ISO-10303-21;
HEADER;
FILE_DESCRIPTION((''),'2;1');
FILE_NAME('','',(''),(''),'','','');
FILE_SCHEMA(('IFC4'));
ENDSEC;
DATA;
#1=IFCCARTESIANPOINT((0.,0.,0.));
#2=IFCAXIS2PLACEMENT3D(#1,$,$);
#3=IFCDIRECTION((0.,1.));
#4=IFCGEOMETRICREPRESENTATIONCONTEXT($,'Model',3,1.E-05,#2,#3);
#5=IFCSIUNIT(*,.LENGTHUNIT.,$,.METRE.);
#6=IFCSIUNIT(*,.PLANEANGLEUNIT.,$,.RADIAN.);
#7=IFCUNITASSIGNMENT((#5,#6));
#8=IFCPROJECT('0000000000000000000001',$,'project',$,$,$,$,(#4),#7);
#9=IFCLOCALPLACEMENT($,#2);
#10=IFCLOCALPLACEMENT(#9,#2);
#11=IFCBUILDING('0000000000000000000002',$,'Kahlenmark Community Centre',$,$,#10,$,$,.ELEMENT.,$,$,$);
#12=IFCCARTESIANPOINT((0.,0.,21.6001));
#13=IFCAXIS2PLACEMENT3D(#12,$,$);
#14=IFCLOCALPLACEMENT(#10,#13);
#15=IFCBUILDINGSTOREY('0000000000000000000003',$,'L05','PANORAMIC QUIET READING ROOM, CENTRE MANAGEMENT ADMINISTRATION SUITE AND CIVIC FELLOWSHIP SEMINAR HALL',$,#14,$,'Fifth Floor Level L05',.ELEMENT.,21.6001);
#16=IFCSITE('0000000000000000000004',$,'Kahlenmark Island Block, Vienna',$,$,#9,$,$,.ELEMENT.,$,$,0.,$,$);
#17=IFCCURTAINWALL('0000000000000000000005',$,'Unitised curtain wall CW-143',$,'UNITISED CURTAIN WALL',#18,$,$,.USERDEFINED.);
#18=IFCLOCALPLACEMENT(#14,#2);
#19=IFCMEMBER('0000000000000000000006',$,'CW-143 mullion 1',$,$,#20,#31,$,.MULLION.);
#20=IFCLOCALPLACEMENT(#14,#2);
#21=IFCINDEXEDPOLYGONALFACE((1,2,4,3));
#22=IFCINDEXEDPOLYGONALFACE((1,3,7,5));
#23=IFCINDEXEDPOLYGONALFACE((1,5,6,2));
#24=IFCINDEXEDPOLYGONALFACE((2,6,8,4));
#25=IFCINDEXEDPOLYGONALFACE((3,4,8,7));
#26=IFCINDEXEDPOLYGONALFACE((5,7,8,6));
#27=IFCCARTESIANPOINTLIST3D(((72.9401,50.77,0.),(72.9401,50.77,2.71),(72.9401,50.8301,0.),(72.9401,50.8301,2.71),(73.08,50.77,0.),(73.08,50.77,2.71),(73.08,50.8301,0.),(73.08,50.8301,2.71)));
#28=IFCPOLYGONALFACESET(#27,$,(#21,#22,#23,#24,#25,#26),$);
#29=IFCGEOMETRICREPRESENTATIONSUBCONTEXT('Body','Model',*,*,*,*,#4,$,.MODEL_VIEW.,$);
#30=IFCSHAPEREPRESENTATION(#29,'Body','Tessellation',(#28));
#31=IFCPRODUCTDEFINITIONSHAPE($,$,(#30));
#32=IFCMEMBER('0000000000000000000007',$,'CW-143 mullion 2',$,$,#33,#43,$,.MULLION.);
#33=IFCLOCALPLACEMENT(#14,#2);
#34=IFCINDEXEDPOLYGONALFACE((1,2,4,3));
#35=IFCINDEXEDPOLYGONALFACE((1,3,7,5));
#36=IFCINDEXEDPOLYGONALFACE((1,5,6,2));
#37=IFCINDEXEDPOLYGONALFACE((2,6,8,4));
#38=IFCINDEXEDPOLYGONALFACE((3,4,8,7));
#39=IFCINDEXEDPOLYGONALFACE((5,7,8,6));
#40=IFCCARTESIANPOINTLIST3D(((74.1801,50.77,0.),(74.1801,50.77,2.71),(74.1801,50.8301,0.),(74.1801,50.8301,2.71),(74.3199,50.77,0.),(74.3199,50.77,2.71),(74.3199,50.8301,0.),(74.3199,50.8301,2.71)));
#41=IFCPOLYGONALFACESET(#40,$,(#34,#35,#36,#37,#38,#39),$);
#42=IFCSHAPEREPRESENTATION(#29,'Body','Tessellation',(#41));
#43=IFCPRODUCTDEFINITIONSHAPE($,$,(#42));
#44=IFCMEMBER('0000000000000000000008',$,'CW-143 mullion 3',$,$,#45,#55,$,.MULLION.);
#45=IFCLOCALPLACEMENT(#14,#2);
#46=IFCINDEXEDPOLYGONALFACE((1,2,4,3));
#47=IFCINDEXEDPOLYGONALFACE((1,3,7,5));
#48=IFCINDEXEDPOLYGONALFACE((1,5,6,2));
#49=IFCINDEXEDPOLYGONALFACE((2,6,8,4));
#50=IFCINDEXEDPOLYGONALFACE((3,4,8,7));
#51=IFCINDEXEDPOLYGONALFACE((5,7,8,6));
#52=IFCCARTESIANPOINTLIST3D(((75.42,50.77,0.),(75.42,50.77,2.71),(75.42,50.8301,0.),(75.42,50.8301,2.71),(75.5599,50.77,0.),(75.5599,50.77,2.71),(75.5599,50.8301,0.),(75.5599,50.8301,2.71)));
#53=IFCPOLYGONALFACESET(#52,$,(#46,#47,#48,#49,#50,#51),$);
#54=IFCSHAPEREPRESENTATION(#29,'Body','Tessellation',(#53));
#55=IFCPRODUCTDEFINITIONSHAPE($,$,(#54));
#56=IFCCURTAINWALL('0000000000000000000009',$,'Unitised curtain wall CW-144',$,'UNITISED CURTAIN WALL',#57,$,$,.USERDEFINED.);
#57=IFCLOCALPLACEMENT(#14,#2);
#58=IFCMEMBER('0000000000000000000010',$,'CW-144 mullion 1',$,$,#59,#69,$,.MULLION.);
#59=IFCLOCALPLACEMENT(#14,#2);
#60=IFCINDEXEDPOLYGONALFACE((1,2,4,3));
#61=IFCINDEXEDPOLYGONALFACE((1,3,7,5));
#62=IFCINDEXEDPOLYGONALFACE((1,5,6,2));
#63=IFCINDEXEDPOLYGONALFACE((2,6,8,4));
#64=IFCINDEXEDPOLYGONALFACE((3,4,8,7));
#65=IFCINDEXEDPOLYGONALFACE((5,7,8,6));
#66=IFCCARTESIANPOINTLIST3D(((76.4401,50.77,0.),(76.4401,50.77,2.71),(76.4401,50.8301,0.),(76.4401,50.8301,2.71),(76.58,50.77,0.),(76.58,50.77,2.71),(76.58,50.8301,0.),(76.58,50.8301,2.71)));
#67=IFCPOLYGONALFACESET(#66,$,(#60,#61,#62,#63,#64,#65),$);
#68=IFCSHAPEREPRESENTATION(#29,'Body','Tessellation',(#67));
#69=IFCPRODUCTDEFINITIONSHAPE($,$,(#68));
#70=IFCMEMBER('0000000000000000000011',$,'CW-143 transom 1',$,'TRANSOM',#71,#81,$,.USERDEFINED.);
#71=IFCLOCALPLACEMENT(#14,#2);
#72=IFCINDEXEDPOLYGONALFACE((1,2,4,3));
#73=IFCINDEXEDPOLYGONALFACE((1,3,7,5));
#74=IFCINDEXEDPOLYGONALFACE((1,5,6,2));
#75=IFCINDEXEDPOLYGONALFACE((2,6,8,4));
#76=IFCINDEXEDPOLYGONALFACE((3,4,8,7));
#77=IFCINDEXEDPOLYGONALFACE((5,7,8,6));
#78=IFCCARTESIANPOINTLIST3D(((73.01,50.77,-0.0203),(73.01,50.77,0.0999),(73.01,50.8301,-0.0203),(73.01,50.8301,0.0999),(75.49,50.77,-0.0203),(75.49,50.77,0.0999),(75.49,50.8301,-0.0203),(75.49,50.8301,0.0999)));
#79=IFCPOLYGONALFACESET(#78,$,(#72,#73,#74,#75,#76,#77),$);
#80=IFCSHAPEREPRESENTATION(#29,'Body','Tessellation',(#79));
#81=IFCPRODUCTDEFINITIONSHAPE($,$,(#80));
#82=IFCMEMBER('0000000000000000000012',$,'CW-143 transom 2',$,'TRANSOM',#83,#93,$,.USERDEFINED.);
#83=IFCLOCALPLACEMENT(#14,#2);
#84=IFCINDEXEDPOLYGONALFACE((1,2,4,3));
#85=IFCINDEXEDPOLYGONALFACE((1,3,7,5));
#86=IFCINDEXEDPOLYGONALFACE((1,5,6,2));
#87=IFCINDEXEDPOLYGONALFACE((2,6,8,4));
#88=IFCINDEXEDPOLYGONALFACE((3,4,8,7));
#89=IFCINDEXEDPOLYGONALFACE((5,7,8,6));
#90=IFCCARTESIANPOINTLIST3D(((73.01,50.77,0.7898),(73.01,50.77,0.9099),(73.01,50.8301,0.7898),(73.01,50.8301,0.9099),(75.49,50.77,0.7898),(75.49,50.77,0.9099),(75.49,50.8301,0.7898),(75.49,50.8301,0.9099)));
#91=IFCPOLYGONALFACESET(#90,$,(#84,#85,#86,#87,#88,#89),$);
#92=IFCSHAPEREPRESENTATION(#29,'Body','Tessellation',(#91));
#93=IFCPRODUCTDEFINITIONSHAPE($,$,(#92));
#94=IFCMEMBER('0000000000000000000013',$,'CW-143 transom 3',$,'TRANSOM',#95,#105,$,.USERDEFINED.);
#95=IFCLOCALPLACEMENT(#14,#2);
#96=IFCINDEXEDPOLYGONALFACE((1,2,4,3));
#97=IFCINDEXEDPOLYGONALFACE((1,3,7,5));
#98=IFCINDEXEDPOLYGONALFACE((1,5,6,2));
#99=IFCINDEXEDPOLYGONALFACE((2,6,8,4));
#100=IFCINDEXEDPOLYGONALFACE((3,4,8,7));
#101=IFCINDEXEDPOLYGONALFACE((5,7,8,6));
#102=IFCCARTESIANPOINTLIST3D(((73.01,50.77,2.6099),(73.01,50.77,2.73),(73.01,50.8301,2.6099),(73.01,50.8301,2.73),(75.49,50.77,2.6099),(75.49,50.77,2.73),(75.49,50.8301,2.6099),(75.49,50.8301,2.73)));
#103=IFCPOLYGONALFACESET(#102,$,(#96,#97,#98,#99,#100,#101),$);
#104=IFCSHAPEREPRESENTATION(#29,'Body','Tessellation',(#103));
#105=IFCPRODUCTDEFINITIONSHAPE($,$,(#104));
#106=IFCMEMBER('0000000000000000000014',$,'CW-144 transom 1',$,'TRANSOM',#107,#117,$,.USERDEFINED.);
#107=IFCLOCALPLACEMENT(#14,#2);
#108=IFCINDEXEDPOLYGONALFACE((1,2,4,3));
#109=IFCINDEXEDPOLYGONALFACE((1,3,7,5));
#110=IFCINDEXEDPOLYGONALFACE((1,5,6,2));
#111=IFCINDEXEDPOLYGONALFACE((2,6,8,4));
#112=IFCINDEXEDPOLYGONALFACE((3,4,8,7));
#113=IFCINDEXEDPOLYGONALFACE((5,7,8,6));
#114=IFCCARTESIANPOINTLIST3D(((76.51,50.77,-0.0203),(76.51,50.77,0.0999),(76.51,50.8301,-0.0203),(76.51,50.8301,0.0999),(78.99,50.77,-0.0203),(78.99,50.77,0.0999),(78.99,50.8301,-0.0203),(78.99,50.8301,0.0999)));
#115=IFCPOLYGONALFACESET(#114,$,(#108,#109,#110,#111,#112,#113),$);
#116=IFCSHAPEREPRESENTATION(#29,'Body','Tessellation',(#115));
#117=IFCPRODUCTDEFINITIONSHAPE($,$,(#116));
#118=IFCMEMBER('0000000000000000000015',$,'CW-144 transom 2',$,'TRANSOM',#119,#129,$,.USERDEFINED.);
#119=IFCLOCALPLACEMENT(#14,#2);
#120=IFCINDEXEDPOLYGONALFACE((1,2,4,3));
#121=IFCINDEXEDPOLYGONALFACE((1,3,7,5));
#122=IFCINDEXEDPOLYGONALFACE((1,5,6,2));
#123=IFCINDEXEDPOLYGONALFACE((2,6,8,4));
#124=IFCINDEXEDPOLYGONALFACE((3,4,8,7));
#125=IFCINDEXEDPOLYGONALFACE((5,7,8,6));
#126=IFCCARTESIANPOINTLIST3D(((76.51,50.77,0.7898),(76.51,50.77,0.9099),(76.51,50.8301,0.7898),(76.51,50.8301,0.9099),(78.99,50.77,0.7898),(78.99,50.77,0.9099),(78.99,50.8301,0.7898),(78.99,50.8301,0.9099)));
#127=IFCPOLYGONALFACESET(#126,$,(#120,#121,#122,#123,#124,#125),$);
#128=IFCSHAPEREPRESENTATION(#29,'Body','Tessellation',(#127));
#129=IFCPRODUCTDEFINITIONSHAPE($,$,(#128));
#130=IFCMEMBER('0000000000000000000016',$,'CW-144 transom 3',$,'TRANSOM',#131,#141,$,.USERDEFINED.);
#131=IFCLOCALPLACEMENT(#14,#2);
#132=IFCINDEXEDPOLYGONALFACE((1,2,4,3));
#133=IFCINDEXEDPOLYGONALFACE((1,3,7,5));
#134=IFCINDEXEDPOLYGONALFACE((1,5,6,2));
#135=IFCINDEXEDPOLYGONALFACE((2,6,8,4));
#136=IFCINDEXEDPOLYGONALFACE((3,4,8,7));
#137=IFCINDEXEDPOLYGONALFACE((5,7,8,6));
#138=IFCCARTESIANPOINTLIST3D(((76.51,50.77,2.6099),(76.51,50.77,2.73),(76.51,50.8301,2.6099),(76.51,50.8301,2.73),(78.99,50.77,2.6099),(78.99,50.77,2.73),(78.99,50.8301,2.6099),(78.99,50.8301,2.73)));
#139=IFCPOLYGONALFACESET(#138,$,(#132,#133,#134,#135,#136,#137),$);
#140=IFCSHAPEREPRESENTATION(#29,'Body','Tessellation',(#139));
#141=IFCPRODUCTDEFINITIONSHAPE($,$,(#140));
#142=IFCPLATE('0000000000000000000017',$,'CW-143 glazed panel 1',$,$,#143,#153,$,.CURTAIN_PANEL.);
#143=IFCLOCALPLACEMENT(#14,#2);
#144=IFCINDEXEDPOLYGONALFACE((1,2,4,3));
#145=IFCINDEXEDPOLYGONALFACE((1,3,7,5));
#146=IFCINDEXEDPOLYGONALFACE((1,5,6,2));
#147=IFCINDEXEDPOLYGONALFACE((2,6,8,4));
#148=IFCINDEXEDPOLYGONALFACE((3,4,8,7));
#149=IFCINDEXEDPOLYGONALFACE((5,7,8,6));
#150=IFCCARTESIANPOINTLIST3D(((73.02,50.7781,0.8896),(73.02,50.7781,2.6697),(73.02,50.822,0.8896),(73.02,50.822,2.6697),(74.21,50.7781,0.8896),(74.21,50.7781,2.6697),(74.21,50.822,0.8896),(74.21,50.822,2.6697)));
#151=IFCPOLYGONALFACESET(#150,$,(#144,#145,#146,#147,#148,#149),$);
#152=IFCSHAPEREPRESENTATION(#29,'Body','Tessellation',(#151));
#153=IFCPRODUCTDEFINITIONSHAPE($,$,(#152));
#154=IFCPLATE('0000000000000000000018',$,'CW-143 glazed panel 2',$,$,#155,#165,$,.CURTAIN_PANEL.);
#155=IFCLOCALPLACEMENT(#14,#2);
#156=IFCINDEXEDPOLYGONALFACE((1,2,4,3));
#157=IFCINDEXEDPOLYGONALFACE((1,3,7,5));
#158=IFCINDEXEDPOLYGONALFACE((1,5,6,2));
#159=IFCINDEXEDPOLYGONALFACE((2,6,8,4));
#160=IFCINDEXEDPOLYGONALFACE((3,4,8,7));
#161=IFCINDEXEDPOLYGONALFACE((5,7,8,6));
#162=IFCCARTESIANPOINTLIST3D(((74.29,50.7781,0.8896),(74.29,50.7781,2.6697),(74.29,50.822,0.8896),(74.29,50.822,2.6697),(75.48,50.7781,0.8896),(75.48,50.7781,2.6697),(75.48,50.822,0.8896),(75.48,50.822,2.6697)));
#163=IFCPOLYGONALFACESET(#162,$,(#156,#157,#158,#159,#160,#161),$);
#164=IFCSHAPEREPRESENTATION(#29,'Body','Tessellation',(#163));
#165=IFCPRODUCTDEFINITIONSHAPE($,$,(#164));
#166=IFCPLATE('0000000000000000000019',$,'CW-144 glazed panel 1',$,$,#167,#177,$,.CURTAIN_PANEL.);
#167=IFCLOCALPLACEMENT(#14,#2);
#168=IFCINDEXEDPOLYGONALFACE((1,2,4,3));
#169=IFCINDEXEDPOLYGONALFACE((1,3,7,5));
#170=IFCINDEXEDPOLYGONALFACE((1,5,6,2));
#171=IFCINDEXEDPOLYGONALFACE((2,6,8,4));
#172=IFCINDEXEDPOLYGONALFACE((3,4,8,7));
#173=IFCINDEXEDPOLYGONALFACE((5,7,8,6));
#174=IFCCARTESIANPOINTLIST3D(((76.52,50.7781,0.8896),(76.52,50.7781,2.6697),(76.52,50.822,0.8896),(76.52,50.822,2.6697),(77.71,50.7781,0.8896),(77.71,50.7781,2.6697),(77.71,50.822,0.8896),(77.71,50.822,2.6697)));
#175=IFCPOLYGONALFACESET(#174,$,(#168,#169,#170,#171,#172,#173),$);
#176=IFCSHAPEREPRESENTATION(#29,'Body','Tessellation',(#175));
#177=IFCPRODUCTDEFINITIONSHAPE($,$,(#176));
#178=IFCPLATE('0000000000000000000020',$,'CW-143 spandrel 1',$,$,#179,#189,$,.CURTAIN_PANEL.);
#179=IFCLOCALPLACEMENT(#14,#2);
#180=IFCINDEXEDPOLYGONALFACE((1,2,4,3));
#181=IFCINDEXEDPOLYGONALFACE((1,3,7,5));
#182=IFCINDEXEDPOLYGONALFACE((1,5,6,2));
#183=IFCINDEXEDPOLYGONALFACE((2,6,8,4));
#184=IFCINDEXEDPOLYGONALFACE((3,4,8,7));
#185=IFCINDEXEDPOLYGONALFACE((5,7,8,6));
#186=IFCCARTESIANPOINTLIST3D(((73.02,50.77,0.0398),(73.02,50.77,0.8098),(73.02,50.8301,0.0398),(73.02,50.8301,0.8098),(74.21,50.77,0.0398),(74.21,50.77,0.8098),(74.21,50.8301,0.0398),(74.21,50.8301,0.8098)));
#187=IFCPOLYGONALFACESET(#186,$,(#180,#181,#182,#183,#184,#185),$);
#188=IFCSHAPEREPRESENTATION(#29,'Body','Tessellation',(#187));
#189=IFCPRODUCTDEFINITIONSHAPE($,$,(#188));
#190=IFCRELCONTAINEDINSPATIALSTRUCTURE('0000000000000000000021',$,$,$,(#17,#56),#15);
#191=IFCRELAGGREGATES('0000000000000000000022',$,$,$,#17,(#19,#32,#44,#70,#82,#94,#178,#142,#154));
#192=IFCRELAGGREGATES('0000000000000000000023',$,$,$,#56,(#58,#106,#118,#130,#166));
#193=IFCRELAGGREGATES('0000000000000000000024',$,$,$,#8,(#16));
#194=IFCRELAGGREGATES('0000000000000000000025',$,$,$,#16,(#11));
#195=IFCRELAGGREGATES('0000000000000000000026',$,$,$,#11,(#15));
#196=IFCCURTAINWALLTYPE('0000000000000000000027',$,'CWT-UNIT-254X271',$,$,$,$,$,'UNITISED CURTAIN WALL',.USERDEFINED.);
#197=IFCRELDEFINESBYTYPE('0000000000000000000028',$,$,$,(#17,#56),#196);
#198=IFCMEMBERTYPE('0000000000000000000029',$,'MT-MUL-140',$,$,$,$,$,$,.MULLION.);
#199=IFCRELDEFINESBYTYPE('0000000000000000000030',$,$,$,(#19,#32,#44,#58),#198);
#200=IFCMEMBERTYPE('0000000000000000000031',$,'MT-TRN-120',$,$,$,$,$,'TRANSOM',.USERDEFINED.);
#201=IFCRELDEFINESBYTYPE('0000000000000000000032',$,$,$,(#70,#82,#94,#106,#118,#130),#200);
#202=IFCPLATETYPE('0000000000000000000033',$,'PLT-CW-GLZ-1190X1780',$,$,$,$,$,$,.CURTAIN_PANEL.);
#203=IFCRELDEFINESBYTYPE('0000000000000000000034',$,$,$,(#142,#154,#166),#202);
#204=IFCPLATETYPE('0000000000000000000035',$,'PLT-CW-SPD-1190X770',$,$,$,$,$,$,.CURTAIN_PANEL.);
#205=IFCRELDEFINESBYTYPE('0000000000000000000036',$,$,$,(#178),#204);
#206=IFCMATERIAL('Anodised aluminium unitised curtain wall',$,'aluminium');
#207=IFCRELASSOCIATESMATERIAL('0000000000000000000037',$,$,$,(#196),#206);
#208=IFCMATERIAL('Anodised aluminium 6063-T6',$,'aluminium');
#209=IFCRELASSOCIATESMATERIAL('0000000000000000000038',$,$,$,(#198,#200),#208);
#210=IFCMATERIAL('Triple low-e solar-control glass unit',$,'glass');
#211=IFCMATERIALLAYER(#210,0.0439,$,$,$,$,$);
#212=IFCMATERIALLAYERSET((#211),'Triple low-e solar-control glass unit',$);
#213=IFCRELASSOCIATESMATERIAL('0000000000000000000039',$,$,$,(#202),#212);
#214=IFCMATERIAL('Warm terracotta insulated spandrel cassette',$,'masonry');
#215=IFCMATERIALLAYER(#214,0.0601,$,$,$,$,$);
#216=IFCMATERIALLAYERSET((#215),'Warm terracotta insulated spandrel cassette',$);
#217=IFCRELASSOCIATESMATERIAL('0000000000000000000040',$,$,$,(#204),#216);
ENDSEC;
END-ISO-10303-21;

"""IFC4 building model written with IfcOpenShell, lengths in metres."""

from ifc_helpers import new_model, si_unit, direction, frame, origin, origin_2d, place, context, subcontext, project, spatial, rectangle, extrude, material, layer, layer_set, material_profile, profile_set, type_object, element, aggregate, save


model = new_model("IFC4")

# Units and contexts
model_context = context("Model", 3, precision=1e-05, world=origin(), true_north=direction((0.0, 1.0)))
body_context = subcontext(model_context, "Body", "Model", "MODEL_VIEW")
ifc_project = project(units=[si_unit("LENGTHUNIT", "METRE"), si_unit("PLANEANGLEUNIT", "RADIAN")], contexts=[model_context])

# Site, building, storey
site_placement = place(None, origin())
site = spatial("IfcSite", under=ifc_project, at=site_placement, Name="Kahlenmark Island Block, Vienna", CompositionType="ELEMENT", RefElevation=0.0)
building_placement = place(site_placement, origin())
building = spatial("IfcBuilding", under=site, at=building_placement, Name="Kahlenmark Community Centre", CompositionType="ELEMENT")
storey_placement = place(building_placement, frame((0.0, 0.0, 21.6001)))
storey = spatial("IfcBuildingStorey", under=building, at=storey_placement, Name="L05", Description="PANORAMIC QUIET READING ROOM, CENTRE MANAGEMENT ADMINISTRATION SUITE AND CIVIC FELLOWSHIP SEMINAR HALL", LongName="Fifth Floor Level L05", CompositionType="ELEMENT", Elevation=21.6001)

# Curtain wall, members
ifc_material_1 = material(Name="Anodised aluminium unitised curtain wall", Category="aluminium")
curtain_wall_type = type_object("IfcCurtainWallType", Name="CWT-UNIT-254X271", ElementType="UNITISED CURTAIN WALL", PredefinedType="USERDEFINED", material=ifc_material_1)
curtain_wall_1_placement = place(storey_placement, origin())
curtain_wall_1 = element("IfcCurtainWall", 1, at=curtain_wall_1_placement, inside=storey, type_object=curtain_wall_type, Name="Unitised curtain wall CW-143", ObjectType="UNITISED CURTAIN WALL", PredefinedType="USERDEFINED")
ifc_material_2 = material(Name="Anodised aluminium 6063-T6", Category="aluminium")
ifc_material_profile_1 = material_profile(ifc_material_2, rectangle(XDim=0.0601, YDim=0.1399, at=origin_2d()), Name="ALU MULLION 60x140")
ifc_profile_set_1 = profile_set([ifc_material_profile_1], Name="Anodised aluminium 6063-T6")
member_type_1 = type_object("IfcMemberType", Name="MT-MUL-140", PredefinedType="MULLION", material=ifc_profile_set_1)
member_1_placement = place(storey_placement, frame((73.01, 50.8, 0.0), z_axis=(0.0, 0.0, 1.0), x_axis=(0.0, 1.0, 0.0)))
member_1 = element("IfcMember", 2, at=member_1_placement, type_object=member_type_1, Name="CW-143 mullion 1", PredefinedType="MULLION", context=body_context, shape_type="SweptSolid", body=[
    extrude(rectangle(XDim=0.0601, YDim=0.1399, at=origin_2d()), origin(), (0.0, 0.0, 1.0), 2.71),
])
member_2_placement = place(storey_placement, frame((74.25, 50.8, 0.0), z_axis=(0.0, 0.0, 1.0), x_axis=(0.0, 1.0, 0.0)))
member_2 = element("IfcMember", 3, at=member_2_placement, type_object=member_type_1, Name="CW-143 mullion 2", PredefinedType="MULLION", context=body_context, shape_type="SweptSolid", body=[
    extrude(rectangle(XDim=0.0601, YDim=0.1399, at=origin_2d()), origin(), (0.0, 0.0, 1.0), 2.71),
])
member_3_placement = place(storey_placement, frame((75.49, 50.8, 0.0), z_axis=(0.0, 0.0, 1.0), x_axis=(0.0, 1.0, 0.0)))
member_3 = element("IfcMember", 4, at=member_3_placement, type_object=member_type_1, Name="CW-143 mullion 3", PredefinedType="MULLION", context=body_context, shape_type="SweptSolid", body=[
    extrude(rectangle(XDim=0.0601, YDim=0.1399, at=origin_2d()), origin(), (0.0, 0.0, 1.0), 2.71),
])

# Curtain wall, member
curtain_wall_2_placement = place(storey_placement, origin())
curtain_wall_2 = element("IfcCurtainWall", 5, at=curtain_wall_2_placement, inside=storey, type_object=curtain_wall_type, Name="Unitised curtain wall CW-144", ObjectType="UNITISED CURTAIN WALL", PredefinedType="USERDEFINED")
member_4_placement = place(storey_placement, frame((76.51, 50.8, 0.0), z_axis=(0.0, 0.0, 1.0), x_axis=(0.0, 1.0, 0.0)))
member_4 = element("IfcMember", 6, at=member_4_placement, type_object=member_type_1, Name="CW-144 mullion 1", PredefinedType="MULLION", context=body_context, shape_type="SweptSolid", body=[
    extrude(rectangle(XDim=0.0601, YDim=0.1399, at=origin_2d()), origin(), (0.0, 0.0, 1.0), 2.71),
])

# Members
ifc_material_profile_2 = material_profile(ifc_material_2, rectangle(XDim=0.0601, YDim=0.1201, at=origin_2d()), Name="ALU TRANSOM 60x120")
ifc_profile_set_2 = profile_set([ifc_material_profile_2], Name="Anodised aluminium 6063-T6")
member_type_2 = type_object("IfcMemberType", Name="MT-TRN-120", ElementType="TRANSOM", PredefinedType="USERDEFINED", material=ifc_profile_set_2)
member_5_placement = place(storey_placement, frame((73.01, 50.8, 0.0398), z_axis=(1.0, 0.0, 0.0), x_axis=(0.0, 1.0, 0.0)))
member_5 = element("IfcMember", 7, at=member_5_placement, type_object=member_type_2, Name="CW-143 transom 1", ObjectType="TRANSOM", PredefinedType="USERDEFINED", context=body_context, shape_type="SweptSolid", body=[
    extrude(rectangle(XDim=0.0601, YDim=0.1201, at=origin_2d()), origin(), (0.0, 0.0, 1.0), 2.48),
])
member_6_placement = place(storey_placement, frame((73.01, 50.8, 0.8499), z_axis=(1.0, 0.0, 0.0), x_axis=(0.0, 1.0, 0.0)))
member_6 = element("IfcMember", 8, at=member_6_placement, type_object=member_type_2, Name="CW-143 transom 2", ObjectType="TRANSOM", PredefinedType="USERDEFINED", context=body_context, shape_type="SweptSolid", body=[
    extrude(rectangle(XDim=0.0601, YDim=0.1201, at=origin_2d()), origin(), (0.0, 0.0, 1.0), 2.48),
])
member_7_placement = place(storey_placement, frame((73.01, 50.8, 2.6699), z_axis=(1.0, 0.0, 0.0), x_axis=(0.0, 1.0, 0.0)))
member_7 = element("IfcMember", 9, at=member_7_placement, type_object=member_type_2, Name="CW-143 transom 3", ObjectType="TRANSOM", PredefinedType="USERDEFINED", context=body_context, shape_type="SweptSolid", body=[
    extrude(rectangle(XDim=0.0601, YDim=0.1201, at=origin_2d()), origin(), (0.0, 0.0, 1.0), 2.48),
])
member_8_placement = place(storey_placement, frame((76.51, 50.8, 0.0398), z_axis=(1.0, 0.0, 0.0), x_axis=(0.0, 1.0, 0.0)))
member_8 = element("IfcMember", 10, at=member_8_placement, type_object=member_type_2, Name="CW-144 transom 1", ObjectType="TRANSOM", PredefinedType="USERDEFINED", context=body_context, shape_type="SweptSolid", body=[
    extrude(rectangle(XDim=0.0601, YDim=0.1201, at=origin_2d()), origin(), (0.0, 0.0, 1.0), 2.48),
])
member_9_placement = place(storey_placement, frame((76.51, 50.8, 0.8499), z_axis=(1.0, 0.0, 0.0), x_axis=(0.0, 1.0, 0.0)))
member_9 = element("IfcMember", 11, at=member_9_placement, type_object=member_type_2, Name="CW-144 transom 2", ObjectType="TRANSOM", PredefinedType="USERDEFINED", context=body_context, shape_type="SweptSolid", body=[
    extrude(rectangle(XDim=0.0601, YDim=0.1201, at=origin_2d()), origin(), (0.0, 0.0, 1.0), 2.48),
])
member_10_placement = place(storey_placement, frame((76.51, 50.8, 2.6699), z_axis=(1.0, 0.0, 0.0), x_axis=(0.0, 1.0, 0.0)))
member_10 = element("IfcMember", 12, at=member_10_placement, type_object=member_type_2, Name="CW-144 transom 3", ObjectType="TRANSOM", PredefinedType="USERDEFINED", context=body_context, shape_type="SweptSolid", body=[
    extrude(rectangle(XDim=0.0601, YDim=0.1201, at=origin_2d()), origin(), (0.0, 0.0, 1.0), 2.48),
])

# Plates
ifc_material_3 = material(Name="Triple low-e solar-control glass unit", Category="glass")
ifc_layer_1 = layer(ifc_material_3, 0.0439)
ifc_layer_set_1 = layer_set([ifc_layer_1], Name="Triple low-e solar-control glass unit")
plate_type_1 = type_object("IfcPlateType", Name="PLT-CW-GLZ-1190X1780", PredefinedType="CURTAIN_PANEL", material=ifc_layer_set_1)
plate_1_placement = place(storey_placement, frame((73.615, 50.8, 0.8896), z_axis=(0.0, 0.0, 1.0), x_axis=(1.0, 0.0, 0.0)))
plate_1 = element("IfcPlate", 13, at=plate_1_placement, type_object=plate_type_1, Name="CW-143 glazed panel 1", PredefinedType="CURTAIN_PANEL", context=body_context, shape_type="SweptSolid", body=[
    extrude(rectangle(XDim=1.1899, YDim=0.0439, at=origin_2d()), origin(), (0.0, 0.0, 1.0), 1.78),
])
plate_2_placement = place(storey_placement, frame((74.885, 50.8, 0.8896), z_axis=(0.0, 0.0, 1.0), x_axis=(1.0, 0.0, 0.0)))
plate_2 = element("IfcPlate", 14, at=plate_2_placement, type_object=plate_type_1, Name="CW-143 glazed panel 2", PredefinedType="CURTAIN_PANEL", context=body_context, shape_type="SweptSolid", body=[
    extrude(rectangle(XDim=1.1899, YDim=0.0439, at=origin_2d()), origin(), (0.0, 0.0, 1.0), 1.78),
])
plate_3_placement = place(storey_placement, frame((77.115, 50.8, 0.8896), z_axis=(0.0, 0.0, 1.0), x_axis=(1.0, 0.0, 0.0)))
plate_3 = element("IfcPlate", 15, at=plate_3_placement, type_object=plate_type_1, Name="CW-144 glazed panel 1", PredefinedType="CURTAIN_PANEL", context=body_context, shape_type="SweptSolid", body=[
    extrude(rectangle(XDim=1.1899, YDim=0.0439, at=origin_2d()), origin(), (0.0, 0.0, 1.0), 1.78),
])
ifc_material_4 = material(Name="Warm terracotta insulated spandrel cassette", Category="masonry")
ifc_layer_2 = layer(ifc_material_4, 0.0601)
ifc_layer_set_2 = layer_set([ifc_layer_2], Name="Warm terracotta insulated spandrel cassette")
plate_type_2 = type_object("IfcPlateType", Name="PLT-CW-SPD-1190X770", PredefinedType="CURTAIN_PANEL", material=ifc_layer_set_2)
plate_4_placement = place(storey_placement, frame((73.615, 50.8, 0.0398), z_axis=(0.0, 0.0, 1.0), x_axis=(1.0, 0.0, 0.0)))
plate_4 = element("IfcPlate", 16, at=plate_4_placement, type_object=plate_type_2, Name="CW-143 spandrel 1", PredefinedType="CURTAIN_PANEL", context=body_context, shape_type="SweptSolid", body=[
    extrude(rectangle(XDim=1.1899, YDim=0.0601, at=origin_2d()), origin(), (0.0, 0.0, 1.0), 0.77),
])
aggregate(curtain_wall_1, [member_1, member_2, member_3, member_5, member_6, member_7, plate_4, plate_1, plate_2])
aggregate(curtain_wall_2, [member_4, member_8, member_9, member_10, plate_3])

save(model, "model.ifc")
